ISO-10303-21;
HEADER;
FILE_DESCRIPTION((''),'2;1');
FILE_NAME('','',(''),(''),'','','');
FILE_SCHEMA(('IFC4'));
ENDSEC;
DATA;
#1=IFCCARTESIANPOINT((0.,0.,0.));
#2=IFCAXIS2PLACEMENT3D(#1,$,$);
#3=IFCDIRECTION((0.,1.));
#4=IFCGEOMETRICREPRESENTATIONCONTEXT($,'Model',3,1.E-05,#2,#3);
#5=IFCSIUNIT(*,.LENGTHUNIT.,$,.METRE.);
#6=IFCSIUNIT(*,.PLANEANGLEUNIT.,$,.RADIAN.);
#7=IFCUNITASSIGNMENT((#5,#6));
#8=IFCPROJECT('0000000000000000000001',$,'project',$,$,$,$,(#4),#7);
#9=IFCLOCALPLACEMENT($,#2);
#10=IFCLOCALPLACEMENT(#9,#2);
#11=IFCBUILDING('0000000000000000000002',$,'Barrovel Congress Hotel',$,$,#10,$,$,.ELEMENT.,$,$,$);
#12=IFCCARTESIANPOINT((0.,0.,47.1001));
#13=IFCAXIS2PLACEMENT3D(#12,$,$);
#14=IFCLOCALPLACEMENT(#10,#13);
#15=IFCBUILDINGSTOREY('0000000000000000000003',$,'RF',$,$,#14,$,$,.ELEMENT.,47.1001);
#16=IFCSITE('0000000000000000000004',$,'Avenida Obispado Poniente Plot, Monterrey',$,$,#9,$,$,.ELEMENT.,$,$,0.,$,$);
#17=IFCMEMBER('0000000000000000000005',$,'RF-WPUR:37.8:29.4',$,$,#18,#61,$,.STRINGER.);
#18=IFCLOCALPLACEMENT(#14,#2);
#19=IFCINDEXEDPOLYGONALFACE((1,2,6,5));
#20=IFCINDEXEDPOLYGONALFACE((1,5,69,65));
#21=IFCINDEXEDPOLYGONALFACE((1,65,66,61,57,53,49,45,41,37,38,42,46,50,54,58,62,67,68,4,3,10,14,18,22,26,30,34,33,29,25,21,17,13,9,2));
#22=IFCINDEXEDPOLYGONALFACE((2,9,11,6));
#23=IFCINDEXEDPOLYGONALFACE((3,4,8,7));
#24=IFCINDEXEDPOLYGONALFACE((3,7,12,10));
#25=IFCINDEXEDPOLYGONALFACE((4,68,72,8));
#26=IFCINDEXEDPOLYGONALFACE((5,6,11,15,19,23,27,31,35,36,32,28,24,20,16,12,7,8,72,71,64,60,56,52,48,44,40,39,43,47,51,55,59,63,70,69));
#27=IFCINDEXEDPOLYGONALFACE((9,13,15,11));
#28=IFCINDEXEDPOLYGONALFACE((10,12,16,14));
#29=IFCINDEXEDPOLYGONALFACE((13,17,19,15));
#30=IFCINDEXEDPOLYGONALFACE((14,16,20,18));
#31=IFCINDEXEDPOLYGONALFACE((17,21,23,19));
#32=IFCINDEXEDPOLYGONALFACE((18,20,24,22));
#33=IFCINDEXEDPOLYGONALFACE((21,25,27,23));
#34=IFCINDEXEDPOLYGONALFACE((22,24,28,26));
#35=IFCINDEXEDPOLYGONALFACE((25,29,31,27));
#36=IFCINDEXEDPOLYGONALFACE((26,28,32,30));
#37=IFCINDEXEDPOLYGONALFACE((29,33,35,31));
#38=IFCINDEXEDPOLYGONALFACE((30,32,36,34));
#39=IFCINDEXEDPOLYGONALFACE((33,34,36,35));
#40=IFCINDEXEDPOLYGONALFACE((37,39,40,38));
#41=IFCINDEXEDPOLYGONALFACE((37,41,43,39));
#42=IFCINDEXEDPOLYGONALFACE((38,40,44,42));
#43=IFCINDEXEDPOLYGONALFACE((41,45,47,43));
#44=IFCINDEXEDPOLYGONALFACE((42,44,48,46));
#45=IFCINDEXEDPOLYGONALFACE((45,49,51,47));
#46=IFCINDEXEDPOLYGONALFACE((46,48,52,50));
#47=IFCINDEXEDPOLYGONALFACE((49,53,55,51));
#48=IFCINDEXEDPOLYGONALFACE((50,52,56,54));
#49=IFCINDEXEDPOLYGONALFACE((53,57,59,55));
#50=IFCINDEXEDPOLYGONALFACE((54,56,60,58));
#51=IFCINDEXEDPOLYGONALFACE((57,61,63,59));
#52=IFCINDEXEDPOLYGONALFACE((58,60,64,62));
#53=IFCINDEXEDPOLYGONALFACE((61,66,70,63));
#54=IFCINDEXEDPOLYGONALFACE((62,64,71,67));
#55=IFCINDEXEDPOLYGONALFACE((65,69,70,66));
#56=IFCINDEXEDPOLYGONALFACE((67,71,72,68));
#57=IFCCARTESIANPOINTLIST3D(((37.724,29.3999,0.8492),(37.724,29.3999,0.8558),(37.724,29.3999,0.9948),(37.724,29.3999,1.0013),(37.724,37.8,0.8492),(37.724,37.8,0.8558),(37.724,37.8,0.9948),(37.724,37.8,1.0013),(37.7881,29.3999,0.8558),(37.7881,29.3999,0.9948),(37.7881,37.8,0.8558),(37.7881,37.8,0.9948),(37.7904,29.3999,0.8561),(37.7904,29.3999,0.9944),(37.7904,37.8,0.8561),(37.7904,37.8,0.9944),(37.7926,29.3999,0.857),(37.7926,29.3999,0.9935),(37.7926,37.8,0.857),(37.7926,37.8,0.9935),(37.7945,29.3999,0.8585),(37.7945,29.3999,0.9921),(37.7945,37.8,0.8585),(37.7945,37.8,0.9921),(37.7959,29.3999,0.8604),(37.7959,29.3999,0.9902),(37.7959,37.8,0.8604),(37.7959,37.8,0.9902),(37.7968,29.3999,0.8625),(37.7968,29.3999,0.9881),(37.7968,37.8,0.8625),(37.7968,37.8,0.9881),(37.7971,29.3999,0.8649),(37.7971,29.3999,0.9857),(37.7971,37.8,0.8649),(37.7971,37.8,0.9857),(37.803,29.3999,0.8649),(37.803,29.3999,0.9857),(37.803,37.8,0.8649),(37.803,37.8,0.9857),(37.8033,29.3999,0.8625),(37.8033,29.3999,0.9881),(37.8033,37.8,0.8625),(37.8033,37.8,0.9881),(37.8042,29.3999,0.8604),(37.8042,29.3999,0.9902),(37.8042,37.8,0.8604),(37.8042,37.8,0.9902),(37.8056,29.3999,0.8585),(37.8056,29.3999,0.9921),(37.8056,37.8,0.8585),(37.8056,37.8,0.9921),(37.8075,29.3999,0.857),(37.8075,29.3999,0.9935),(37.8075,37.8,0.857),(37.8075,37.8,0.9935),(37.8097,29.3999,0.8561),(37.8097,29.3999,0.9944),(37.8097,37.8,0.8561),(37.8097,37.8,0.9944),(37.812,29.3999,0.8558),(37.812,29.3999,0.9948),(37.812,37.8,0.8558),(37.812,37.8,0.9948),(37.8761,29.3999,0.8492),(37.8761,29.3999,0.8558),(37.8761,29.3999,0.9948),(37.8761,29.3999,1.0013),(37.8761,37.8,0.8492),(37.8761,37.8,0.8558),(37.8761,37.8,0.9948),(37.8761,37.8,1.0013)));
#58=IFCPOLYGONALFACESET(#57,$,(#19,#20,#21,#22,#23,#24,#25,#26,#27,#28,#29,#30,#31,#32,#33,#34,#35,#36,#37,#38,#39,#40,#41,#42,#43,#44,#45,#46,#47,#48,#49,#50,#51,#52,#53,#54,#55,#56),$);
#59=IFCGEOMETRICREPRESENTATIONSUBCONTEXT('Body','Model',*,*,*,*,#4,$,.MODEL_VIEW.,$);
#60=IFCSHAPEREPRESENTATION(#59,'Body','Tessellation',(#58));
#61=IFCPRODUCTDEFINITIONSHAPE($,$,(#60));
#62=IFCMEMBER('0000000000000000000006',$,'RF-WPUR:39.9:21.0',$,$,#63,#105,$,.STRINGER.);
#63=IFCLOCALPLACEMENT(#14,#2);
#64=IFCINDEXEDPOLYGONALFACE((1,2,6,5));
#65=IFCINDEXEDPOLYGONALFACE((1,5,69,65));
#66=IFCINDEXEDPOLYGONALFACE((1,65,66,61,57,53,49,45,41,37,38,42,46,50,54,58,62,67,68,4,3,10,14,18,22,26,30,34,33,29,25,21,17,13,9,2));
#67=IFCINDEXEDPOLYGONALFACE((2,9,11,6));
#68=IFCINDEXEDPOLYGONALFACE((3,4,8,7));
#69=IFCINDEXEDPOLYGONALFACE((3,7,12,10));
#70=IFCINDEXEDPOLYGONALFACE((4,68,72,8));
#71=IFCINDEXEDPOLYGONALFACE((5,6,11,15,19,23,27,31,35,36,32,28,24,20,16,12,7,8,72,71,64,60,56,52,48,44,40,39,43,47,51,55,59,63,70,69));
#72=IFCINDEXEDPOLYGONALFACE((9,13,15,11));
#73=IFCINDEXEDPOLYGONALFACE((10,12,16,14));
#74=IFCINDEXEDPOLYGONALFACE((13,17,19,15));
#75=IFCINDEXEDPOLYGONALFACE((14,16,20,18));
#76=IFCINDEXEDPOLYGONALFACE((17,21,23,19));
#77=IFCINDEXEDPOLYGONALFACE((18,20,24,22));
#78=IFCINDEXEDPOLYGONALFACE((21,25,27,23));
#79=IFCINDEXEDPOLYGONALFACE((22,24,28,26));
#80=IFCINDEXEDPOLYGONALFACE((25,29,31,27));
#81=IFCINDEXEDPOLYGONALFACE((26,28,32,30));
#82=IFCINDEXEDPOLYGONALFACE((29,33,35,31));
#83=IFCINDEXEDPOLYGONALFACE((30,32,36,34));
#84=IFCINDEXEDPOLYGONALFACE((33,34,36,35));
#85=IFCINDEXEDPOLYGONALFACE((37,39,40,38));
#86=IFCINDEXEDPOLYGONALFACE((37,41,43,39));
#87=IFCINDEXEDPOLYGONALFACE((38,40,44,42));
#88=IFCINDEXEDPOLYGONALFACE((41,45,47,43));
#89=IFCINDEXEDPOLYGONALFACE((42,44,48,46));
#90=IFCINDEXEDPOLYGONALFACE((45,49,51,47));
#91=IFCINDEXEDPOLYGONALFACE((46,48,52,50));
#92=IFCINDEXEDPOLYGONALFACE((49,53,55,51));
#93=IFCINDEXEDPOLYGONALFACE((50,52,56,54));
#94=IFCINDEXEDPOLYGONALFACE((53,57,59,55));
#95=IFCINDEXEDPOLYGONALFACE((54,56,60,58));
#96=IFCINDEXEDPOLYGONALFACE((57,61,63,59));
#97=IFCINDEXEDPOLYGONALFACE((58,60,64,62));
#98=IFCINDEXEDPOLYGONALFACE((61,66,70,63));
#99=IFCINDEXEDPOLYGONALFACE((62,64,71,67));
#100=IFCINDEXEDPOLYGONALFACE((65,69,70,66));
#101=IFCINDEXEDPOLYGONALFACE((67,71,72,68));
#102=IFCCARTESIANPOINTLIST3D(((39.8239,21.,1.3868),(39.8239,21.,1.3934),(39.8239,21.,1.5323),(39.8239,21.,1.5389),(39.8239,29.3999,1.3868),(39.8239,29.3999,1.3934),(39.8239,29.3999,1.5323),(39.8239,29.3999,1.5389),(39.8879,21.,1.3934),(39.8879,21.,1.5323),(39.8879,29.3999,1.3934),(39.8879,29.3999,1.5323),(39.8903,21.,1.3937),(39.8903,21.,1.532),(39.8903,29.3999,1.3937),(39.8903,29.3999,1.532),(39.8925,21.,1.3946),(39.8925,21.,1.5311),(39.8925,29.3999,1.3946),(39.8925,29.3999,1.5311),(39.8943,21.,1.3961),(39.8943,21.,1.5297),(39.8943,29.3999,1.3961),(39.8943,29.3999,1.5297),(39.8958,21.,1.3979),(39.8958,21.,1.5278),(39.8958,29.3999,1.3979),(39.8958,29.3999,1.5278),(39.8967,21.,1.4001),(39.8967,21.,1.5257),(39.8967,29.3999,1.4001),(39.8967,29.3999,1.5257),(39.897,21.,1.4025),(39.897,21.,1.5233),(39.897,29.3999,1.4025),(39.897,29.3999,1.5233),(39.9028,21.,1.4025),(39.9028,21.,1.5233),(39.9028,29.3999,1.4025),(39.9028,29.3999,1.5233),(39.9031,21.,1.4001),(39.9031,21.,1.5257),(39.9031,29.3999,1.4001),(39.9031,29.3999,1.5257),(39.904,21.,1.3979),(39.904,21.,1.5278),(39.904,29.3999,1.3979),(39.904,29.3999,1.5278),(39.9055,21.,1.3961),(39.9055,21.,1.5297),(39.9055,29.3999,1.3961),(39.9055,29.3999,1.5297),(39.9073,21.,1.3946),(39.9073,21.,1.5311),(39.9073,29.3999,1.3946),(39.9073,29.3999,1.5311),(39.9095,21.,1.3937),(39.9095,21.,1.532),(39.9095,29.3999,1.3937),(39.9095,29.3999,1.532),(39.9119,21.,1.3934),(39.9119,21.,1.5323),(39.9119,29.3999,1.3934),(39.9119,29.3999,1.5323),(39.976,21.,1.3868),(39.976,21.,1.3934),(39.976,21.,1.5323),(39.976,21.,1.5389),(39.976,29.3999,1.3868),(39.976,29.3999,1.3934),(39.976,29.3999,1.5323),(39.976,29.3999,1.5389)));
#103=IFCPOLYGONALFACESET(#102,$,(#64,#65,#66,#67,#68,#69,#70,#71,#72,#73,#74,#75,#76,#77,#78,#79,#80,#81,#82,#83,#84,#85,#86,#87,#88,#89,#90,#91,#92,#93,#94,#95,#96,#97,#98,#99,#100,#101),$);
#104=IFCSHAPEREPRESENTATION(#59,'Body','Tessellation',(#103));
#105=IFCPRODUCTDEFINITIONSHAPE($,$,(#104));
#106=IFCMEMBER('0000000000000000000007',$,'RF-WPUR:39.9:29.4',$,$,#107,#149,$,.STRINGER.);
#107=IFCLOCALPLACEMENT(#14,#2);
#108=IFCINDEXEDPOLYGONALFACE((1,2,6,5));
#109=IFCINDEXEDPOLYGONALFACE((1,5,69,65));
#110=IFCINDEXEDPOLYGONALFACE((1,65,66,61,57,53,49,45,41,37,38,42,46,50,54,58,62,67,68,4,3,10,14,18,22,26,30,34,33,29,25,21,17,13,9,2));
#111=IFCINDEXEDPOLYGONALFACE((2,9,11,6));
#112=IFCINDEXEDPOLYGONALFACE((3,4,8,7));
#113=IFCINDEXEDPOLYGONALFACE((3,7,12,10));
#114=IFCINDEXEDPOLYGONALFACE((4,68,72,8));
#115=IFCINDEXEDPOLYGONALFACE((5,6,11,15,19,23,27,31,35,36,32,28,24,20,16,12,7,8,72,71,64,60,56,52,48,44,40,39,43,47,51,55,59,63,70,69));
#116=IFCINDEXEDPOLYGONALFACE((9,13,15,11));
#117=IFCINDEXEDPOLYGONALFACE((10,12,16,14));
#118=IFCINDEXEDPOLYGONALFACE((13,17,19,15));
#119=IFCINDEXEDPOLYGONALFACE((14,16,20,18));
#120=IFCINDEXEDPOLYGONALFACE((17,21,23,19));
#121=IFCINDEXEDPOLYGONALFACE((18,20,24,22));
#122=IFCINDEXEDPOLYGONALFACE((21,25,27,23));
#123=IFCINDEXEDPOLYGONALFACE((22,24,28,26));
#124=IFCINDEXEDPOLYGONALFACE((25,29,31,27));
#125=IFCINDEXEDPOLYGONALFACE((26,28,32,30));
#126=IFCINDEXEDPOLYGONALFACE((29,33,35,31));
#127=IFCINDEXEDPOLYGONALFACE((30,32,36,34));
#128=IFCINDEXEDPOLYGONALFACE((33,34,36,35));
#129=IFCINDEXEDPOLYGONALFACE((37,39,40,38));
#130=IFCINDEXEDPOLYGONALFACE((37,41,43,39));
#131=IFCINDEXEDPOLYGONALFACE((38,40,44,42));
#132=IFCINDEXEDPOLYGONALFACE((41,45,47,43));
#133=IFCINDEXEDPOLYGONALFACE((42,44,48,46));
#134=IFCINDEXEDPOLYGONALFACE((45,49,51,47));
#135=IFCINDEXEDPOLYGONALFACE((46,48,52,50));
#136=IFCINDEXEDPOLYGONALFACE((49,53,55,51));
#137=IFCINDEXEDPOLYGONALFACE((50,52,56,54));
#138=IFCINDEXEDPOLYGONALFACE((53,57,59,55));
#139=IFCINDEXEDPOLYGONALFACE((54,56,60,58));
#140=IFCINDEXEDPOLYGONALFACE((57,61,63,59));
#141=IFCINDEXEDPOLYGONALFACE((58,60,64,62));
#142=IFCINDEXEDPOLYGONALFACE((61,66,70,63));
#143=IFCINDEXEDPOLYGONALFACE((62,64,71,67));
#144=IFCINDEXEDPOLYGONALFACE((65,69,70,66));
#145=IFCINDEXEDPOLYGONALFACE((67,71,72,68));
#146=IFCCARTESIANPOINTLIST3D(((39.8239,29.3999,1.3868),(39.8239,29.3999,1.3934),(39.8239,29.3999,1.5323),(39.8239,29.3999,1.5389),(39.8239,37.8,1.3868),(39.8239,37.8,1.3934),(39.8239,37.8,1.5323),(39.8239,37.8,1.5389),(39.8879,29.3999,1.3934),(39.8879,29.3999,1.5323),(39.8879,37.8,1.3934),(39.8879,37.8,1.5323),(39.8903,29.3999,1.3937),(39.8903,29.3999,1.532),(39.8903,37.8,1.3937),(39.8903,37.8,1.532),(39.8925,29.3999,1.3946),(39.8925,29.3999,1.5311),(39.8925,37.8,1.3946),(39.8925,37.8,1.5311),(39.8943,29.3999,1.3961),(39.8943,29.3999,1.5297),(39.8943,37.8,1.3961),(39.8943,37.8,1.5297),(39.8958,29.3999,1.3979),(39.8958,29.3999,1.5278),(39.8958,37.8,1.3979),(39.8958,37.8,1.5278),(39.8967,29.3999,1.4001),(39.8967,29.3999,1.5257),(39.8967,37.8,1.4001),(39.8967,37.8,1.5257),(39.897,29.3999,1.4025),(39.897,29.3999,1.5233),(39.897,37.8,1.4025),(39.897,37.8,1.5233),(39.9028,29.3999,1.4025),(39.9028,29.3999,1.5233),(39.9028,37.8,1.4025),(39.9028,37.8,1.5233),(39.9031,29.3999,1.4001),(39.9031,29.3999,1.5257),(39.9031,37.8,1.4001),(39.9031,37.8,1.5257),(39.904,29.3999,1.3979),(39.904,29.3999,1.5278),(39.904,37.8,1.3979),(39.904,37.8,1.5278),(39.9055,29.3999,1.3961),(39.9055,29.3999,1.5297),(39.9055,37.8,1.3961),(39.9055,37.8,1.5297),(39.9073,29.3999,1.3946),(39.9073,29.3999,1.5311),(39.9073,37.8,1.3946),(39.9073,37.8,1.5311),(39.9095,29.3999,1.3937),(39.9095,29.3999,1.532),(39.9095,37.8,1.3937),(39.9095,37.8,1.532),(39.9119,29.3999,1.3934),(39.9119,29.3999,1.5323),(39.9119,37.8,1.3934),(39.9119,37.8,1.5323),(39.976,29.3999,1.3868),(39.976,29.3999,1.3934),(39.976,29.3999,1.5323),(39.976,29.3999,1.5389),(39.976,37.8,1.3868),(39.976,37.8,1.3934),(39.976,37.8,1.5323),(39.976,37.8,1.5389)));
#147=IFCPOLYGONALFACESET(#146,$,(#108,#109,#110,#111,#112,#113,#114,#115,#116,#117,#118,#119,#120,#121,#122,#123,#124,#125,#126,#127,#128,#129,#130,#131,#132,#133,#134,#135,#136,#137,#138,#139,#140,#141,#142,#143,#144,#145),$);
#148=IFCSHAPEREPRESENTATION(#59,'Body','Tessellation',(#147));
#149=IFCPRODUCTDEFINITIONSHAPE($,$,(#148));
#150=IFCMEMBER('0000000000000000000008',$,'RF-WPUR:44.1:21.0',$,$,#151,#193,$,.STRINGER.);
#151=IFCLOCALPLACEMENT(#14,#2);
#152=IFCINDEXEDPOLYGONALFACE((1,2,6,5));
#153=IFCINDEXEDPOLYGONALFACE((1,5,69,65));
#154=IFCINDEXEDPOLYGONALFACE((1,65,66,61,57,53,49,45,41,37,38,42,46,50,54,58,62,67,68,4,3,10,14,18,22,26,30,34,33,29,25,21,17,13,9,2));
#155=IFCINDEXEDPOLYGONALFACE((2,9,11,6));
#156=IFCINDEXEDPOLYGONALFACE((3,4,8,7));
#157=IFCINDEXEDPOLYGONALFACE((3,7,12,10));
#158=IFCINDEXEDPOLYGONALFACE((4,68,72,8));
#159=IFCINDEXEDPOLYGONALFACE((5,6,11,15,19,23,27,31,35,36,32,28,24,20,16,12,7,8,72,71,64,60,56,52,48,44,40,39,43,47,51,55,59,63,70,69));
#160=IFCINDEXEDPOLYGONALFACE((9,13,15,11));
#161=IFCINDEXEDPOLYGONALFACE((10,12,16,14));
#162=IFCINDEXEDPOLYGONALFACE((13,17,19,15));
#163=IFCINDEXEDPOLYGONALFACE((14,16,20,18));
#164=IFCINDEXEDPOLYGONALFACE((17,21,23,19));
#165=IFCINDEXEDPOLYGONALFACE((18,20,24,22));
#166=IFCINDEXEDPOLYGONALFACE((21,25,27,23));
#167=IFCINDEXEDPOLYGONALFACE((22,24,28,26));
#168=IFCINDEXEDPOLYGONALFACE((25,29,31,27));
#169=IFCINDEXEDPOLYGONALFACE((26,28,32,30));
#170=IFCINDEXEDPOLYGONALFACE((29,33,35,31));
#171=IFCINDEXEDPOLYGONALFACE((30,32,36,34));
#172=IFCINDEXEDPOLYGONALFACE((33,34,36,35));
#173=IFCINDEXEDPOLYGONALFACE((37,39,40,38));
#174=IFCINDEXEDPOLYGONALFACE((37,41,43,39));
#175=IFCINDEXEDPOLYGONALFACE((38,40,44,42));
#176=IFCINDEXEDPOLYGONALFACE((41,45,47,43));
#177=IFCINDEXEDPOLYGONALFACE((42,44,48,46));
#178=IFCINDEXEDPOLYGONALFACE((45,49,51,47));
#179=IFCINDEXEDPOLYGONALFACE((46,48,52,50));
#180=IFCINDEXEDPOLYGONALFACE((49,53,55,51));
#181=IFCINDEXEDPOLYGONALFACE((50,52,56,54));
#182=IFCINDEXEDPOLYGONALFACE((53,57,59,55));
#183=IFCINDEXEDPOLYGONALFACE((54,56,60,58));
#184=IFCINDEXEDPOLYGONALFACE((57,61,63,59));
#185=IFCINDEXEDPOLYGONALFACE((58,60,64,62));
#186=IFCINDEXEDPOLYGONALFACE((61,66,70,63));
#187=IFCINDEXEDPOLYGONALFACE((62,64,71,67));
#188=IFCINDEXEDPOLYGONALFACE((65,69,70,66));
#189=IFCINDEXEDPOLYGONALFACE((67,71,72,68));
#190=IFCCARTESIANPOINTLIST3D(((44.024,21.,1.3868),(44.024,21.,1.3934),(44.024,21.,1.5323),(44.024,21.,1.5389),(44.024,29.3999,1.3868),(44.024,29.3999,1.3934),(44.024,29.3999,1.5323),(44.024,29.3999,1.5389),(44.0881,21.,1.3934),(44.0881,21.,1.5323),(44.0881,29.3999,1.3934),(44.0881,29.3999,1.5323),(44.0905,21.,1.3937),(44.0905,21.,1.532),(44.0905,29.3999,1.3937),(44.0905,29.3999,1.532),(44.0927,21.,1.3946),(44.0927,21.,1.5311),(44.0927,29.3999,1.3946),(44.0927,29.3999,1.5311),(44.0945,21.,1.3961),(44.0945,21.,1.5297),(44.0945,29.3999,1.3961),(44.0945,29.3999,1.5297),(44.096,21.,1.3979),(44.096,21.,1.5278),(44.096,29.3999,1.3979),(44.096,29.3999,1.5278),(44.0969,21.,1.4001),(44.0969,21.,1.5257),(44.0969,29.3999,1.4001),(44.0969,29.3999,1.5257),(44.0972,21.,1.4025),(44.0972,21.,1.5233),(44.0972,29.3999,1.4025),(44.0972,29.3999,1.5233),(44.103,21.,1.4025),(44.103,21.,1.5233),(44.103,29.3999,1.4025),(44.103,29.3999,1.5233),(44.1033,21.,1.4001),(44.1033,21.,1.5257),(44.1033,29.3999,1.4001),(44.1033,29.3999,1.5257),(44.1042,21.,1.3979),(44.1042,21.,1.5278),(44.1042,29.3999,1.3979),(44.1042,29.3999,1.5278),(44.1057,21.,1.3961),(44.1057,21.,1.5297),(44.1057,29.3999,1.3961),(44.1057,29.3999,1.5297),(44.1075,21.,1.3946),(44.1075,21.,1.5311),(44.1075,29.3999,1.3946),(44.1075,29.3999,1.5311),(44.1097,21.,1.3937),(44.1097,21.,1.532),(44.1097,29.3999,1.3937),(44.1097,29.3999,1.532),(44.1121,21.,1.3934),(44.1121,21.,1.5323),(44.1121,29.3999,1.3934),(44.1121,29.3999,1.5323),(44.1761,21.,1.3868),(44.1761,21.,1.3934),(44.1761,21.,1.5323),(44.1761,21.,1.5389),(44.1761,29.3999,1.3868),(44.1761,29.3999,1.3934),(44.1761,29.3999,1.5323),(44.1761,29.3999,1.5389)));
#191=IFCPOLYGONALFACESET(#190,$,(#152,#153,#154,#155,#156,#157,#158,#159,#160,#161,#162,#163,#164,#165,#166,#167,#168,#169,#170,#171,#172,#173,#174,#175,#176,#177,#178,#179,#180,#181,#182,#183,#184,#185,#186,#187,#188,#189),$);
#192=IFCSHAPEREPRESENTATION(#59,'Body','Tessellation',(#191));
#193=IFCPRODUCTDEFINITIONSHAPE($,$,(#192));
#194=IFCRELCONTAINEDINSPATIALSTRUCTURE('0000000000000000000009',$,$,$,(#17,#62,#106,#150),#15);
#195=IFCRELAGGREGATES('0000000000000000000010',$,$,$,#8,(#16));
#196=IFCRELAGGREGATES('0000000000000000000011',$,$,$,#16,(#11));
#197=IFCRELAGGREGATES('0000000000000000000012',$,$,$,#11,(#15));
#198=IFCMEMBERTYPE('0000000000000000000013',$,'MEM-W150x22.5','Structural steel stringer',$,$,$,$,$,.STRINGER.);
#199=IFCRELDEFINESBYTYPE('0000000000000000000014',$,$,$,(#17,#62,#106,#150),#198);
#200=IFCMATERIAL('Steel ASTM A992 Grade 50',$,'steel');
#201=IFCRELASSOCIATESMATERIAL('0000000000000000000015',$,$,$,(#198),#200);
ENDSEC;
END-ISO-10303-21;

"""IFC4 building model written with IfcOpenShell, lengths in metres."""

from ifc_helpers import new_model, si_unit, direction, frame, origin, origin_2d, place, context, subcontext, project, spatial, i_section, extrude, material, material_profile, profile_set, type_object, element, save


model = new_model("IFC4")

# Units and contexts
model_context = context("Model", 3, precision=1e-05, world=origin(), true_north=direction((0.0, 1.0)))
body_context = subcontext(model_context, "Body", "Model", "MODEL_VIEW")
ifc_project = project(units=[si_unit("LENGTHUNIT", "METRE"), si_unit("PLANEANGLEUNIT", "RADIAN")], contexts=[model_context])

# Site, building, storey
site_placement = place(None, origin())
site = spatial("IfcSite", under=ifc_project, at=site_placement, Name="Avenida Obispado Poniente Plot, Monterrey", CompositionType="ELEMENT", RefElevation=0.0)
building_placement = place(site_placement, origin())
building = spatial("IfcBuilding", under=site, at=building_placement, Name="Barrovel Congress Hotel", CompositionType="ELEMENT")
storey_placement = place(building_placement, frame((0.0, 0.0, 47.1001)))
storey = spatial("IfcBuildingStorey", under=building, at=storey_placement, Name="RF", CompositionType="ELEMENT", Elevation=47.1001)

# Members
ifc_material_1 = material(Name="Steel ASTM A992 Grade 50", Category="steel")
ifc_material_profile_1 = material_profile(ifc_material_1, i_section(OverallWidth=0.1521, OverallDepth=0.1521, WebThickness=0.0059, FlangeThickness=0.0066, FilletRadius=0.009, at=origin_2d()), Name="W150x22.5")
ifc_profile_set_1 = profile_set([ifc_material_profile_1], Name="Steel ASTM A992 Grade 50")
member_type_1 = type_object("IfcMemberType", Name="MEM-W150x22.5", Description="Structural steel stringer", PredefinedType="STRINGER", material=ifc_profile_set_1)
member_1_placement = place(storey_placement, frame((37.8, 29.3999, 0.9253), z_axis=(0.0, 1.0, 0.0), x_axis=(-1.0, 0.0, 0.0)))
element("IfcMember", 1, at=member_1_placement, inside=storey, type_object=member_type_1, Name="RF-WPUR:37.8:29.4", PredefinedType="STRINGER", context=body_context, shape_type="SweptSolid", body=[
    extrude(i_section(OverallWidth=0.1521, OverallDepth=0.1521, WebThickness=0.0059, FlangeThickness=0.0066, FilletRadius=0.009, at=origin_2d()), origin(), (0.0, 0.0, 1.0), 8.4001),
])
member_2_placement = place(storey_placement, frame((39.8999, 21.0, 1.4629), z_axis=(0.0, 1.0, 0.0), x_axis=(-1.0, 0.0, 0.0)))
element("IfcMember", 2, at=member_2_placement, inside=storey, type_object=member_type_1, Name="RF-WPUR:39.9:21.0", PredefinedType="STRINGER", context=body_context, shape_type="SweptSolid", body=[
    extrude(i_section(OverallWidth=0.1521, OverallDepth=0.1521, WebThickness=0.0059, FlangeThickness=0.0066, FilletRadius=0.009, at=origin_2d()), origin(), (0.0, 0.0, 1.0), 8.3999),
])
member_3_placement = place(storey_placement, frame((39.8999, 29.3999, 1.4629), z_axis=(0.0, 1.0, 0.0), x_axis=(-1.0, 0.0, 0.0)))
element("IfcMember", 3, at=member_3_placement, inside=storey, type_object=member_type_1, Name="RF-WPUR:39.9:29.4", PredefinedType="STRINGER", context=body_context, shape_type="SweptSolid", body=[
    extrude(i_section(OverallWidth=0.1521, OverallDepth=0.1521, WebThickness=0.0059, FlangeThickness=0.0066, FilletRadius=0.009, at=origin_2d()), origin(), (0.0, 0.0, 1.0), 8.4001),
])
member_4_placement = place(storey_placement, frame((44.1001, 21.0, 1.4629), z_axis=(0.0, 1.0, 0.0), x_axis=(-1.0, 0.0, 0.0)))
element("IfcMember", 4, at=member_4_placement, inside=storey, type_object=member_type_1, Name="RF-WPUR:44.1:21.0", PredefinedType="STRINGER", context=body_context, shape_type="SweptSolid", body=[
    extrude(i_section(OverallWidth=0.1521, OverallDepth=0.1521, WebThickness=0.0059, FlangeThickness=0.0066, FilletRadius=0.009, at=origin_2d()), origin(), (0.0, 0.0, 1.0), 8.3999),
])

save(model, "model.ifc")
